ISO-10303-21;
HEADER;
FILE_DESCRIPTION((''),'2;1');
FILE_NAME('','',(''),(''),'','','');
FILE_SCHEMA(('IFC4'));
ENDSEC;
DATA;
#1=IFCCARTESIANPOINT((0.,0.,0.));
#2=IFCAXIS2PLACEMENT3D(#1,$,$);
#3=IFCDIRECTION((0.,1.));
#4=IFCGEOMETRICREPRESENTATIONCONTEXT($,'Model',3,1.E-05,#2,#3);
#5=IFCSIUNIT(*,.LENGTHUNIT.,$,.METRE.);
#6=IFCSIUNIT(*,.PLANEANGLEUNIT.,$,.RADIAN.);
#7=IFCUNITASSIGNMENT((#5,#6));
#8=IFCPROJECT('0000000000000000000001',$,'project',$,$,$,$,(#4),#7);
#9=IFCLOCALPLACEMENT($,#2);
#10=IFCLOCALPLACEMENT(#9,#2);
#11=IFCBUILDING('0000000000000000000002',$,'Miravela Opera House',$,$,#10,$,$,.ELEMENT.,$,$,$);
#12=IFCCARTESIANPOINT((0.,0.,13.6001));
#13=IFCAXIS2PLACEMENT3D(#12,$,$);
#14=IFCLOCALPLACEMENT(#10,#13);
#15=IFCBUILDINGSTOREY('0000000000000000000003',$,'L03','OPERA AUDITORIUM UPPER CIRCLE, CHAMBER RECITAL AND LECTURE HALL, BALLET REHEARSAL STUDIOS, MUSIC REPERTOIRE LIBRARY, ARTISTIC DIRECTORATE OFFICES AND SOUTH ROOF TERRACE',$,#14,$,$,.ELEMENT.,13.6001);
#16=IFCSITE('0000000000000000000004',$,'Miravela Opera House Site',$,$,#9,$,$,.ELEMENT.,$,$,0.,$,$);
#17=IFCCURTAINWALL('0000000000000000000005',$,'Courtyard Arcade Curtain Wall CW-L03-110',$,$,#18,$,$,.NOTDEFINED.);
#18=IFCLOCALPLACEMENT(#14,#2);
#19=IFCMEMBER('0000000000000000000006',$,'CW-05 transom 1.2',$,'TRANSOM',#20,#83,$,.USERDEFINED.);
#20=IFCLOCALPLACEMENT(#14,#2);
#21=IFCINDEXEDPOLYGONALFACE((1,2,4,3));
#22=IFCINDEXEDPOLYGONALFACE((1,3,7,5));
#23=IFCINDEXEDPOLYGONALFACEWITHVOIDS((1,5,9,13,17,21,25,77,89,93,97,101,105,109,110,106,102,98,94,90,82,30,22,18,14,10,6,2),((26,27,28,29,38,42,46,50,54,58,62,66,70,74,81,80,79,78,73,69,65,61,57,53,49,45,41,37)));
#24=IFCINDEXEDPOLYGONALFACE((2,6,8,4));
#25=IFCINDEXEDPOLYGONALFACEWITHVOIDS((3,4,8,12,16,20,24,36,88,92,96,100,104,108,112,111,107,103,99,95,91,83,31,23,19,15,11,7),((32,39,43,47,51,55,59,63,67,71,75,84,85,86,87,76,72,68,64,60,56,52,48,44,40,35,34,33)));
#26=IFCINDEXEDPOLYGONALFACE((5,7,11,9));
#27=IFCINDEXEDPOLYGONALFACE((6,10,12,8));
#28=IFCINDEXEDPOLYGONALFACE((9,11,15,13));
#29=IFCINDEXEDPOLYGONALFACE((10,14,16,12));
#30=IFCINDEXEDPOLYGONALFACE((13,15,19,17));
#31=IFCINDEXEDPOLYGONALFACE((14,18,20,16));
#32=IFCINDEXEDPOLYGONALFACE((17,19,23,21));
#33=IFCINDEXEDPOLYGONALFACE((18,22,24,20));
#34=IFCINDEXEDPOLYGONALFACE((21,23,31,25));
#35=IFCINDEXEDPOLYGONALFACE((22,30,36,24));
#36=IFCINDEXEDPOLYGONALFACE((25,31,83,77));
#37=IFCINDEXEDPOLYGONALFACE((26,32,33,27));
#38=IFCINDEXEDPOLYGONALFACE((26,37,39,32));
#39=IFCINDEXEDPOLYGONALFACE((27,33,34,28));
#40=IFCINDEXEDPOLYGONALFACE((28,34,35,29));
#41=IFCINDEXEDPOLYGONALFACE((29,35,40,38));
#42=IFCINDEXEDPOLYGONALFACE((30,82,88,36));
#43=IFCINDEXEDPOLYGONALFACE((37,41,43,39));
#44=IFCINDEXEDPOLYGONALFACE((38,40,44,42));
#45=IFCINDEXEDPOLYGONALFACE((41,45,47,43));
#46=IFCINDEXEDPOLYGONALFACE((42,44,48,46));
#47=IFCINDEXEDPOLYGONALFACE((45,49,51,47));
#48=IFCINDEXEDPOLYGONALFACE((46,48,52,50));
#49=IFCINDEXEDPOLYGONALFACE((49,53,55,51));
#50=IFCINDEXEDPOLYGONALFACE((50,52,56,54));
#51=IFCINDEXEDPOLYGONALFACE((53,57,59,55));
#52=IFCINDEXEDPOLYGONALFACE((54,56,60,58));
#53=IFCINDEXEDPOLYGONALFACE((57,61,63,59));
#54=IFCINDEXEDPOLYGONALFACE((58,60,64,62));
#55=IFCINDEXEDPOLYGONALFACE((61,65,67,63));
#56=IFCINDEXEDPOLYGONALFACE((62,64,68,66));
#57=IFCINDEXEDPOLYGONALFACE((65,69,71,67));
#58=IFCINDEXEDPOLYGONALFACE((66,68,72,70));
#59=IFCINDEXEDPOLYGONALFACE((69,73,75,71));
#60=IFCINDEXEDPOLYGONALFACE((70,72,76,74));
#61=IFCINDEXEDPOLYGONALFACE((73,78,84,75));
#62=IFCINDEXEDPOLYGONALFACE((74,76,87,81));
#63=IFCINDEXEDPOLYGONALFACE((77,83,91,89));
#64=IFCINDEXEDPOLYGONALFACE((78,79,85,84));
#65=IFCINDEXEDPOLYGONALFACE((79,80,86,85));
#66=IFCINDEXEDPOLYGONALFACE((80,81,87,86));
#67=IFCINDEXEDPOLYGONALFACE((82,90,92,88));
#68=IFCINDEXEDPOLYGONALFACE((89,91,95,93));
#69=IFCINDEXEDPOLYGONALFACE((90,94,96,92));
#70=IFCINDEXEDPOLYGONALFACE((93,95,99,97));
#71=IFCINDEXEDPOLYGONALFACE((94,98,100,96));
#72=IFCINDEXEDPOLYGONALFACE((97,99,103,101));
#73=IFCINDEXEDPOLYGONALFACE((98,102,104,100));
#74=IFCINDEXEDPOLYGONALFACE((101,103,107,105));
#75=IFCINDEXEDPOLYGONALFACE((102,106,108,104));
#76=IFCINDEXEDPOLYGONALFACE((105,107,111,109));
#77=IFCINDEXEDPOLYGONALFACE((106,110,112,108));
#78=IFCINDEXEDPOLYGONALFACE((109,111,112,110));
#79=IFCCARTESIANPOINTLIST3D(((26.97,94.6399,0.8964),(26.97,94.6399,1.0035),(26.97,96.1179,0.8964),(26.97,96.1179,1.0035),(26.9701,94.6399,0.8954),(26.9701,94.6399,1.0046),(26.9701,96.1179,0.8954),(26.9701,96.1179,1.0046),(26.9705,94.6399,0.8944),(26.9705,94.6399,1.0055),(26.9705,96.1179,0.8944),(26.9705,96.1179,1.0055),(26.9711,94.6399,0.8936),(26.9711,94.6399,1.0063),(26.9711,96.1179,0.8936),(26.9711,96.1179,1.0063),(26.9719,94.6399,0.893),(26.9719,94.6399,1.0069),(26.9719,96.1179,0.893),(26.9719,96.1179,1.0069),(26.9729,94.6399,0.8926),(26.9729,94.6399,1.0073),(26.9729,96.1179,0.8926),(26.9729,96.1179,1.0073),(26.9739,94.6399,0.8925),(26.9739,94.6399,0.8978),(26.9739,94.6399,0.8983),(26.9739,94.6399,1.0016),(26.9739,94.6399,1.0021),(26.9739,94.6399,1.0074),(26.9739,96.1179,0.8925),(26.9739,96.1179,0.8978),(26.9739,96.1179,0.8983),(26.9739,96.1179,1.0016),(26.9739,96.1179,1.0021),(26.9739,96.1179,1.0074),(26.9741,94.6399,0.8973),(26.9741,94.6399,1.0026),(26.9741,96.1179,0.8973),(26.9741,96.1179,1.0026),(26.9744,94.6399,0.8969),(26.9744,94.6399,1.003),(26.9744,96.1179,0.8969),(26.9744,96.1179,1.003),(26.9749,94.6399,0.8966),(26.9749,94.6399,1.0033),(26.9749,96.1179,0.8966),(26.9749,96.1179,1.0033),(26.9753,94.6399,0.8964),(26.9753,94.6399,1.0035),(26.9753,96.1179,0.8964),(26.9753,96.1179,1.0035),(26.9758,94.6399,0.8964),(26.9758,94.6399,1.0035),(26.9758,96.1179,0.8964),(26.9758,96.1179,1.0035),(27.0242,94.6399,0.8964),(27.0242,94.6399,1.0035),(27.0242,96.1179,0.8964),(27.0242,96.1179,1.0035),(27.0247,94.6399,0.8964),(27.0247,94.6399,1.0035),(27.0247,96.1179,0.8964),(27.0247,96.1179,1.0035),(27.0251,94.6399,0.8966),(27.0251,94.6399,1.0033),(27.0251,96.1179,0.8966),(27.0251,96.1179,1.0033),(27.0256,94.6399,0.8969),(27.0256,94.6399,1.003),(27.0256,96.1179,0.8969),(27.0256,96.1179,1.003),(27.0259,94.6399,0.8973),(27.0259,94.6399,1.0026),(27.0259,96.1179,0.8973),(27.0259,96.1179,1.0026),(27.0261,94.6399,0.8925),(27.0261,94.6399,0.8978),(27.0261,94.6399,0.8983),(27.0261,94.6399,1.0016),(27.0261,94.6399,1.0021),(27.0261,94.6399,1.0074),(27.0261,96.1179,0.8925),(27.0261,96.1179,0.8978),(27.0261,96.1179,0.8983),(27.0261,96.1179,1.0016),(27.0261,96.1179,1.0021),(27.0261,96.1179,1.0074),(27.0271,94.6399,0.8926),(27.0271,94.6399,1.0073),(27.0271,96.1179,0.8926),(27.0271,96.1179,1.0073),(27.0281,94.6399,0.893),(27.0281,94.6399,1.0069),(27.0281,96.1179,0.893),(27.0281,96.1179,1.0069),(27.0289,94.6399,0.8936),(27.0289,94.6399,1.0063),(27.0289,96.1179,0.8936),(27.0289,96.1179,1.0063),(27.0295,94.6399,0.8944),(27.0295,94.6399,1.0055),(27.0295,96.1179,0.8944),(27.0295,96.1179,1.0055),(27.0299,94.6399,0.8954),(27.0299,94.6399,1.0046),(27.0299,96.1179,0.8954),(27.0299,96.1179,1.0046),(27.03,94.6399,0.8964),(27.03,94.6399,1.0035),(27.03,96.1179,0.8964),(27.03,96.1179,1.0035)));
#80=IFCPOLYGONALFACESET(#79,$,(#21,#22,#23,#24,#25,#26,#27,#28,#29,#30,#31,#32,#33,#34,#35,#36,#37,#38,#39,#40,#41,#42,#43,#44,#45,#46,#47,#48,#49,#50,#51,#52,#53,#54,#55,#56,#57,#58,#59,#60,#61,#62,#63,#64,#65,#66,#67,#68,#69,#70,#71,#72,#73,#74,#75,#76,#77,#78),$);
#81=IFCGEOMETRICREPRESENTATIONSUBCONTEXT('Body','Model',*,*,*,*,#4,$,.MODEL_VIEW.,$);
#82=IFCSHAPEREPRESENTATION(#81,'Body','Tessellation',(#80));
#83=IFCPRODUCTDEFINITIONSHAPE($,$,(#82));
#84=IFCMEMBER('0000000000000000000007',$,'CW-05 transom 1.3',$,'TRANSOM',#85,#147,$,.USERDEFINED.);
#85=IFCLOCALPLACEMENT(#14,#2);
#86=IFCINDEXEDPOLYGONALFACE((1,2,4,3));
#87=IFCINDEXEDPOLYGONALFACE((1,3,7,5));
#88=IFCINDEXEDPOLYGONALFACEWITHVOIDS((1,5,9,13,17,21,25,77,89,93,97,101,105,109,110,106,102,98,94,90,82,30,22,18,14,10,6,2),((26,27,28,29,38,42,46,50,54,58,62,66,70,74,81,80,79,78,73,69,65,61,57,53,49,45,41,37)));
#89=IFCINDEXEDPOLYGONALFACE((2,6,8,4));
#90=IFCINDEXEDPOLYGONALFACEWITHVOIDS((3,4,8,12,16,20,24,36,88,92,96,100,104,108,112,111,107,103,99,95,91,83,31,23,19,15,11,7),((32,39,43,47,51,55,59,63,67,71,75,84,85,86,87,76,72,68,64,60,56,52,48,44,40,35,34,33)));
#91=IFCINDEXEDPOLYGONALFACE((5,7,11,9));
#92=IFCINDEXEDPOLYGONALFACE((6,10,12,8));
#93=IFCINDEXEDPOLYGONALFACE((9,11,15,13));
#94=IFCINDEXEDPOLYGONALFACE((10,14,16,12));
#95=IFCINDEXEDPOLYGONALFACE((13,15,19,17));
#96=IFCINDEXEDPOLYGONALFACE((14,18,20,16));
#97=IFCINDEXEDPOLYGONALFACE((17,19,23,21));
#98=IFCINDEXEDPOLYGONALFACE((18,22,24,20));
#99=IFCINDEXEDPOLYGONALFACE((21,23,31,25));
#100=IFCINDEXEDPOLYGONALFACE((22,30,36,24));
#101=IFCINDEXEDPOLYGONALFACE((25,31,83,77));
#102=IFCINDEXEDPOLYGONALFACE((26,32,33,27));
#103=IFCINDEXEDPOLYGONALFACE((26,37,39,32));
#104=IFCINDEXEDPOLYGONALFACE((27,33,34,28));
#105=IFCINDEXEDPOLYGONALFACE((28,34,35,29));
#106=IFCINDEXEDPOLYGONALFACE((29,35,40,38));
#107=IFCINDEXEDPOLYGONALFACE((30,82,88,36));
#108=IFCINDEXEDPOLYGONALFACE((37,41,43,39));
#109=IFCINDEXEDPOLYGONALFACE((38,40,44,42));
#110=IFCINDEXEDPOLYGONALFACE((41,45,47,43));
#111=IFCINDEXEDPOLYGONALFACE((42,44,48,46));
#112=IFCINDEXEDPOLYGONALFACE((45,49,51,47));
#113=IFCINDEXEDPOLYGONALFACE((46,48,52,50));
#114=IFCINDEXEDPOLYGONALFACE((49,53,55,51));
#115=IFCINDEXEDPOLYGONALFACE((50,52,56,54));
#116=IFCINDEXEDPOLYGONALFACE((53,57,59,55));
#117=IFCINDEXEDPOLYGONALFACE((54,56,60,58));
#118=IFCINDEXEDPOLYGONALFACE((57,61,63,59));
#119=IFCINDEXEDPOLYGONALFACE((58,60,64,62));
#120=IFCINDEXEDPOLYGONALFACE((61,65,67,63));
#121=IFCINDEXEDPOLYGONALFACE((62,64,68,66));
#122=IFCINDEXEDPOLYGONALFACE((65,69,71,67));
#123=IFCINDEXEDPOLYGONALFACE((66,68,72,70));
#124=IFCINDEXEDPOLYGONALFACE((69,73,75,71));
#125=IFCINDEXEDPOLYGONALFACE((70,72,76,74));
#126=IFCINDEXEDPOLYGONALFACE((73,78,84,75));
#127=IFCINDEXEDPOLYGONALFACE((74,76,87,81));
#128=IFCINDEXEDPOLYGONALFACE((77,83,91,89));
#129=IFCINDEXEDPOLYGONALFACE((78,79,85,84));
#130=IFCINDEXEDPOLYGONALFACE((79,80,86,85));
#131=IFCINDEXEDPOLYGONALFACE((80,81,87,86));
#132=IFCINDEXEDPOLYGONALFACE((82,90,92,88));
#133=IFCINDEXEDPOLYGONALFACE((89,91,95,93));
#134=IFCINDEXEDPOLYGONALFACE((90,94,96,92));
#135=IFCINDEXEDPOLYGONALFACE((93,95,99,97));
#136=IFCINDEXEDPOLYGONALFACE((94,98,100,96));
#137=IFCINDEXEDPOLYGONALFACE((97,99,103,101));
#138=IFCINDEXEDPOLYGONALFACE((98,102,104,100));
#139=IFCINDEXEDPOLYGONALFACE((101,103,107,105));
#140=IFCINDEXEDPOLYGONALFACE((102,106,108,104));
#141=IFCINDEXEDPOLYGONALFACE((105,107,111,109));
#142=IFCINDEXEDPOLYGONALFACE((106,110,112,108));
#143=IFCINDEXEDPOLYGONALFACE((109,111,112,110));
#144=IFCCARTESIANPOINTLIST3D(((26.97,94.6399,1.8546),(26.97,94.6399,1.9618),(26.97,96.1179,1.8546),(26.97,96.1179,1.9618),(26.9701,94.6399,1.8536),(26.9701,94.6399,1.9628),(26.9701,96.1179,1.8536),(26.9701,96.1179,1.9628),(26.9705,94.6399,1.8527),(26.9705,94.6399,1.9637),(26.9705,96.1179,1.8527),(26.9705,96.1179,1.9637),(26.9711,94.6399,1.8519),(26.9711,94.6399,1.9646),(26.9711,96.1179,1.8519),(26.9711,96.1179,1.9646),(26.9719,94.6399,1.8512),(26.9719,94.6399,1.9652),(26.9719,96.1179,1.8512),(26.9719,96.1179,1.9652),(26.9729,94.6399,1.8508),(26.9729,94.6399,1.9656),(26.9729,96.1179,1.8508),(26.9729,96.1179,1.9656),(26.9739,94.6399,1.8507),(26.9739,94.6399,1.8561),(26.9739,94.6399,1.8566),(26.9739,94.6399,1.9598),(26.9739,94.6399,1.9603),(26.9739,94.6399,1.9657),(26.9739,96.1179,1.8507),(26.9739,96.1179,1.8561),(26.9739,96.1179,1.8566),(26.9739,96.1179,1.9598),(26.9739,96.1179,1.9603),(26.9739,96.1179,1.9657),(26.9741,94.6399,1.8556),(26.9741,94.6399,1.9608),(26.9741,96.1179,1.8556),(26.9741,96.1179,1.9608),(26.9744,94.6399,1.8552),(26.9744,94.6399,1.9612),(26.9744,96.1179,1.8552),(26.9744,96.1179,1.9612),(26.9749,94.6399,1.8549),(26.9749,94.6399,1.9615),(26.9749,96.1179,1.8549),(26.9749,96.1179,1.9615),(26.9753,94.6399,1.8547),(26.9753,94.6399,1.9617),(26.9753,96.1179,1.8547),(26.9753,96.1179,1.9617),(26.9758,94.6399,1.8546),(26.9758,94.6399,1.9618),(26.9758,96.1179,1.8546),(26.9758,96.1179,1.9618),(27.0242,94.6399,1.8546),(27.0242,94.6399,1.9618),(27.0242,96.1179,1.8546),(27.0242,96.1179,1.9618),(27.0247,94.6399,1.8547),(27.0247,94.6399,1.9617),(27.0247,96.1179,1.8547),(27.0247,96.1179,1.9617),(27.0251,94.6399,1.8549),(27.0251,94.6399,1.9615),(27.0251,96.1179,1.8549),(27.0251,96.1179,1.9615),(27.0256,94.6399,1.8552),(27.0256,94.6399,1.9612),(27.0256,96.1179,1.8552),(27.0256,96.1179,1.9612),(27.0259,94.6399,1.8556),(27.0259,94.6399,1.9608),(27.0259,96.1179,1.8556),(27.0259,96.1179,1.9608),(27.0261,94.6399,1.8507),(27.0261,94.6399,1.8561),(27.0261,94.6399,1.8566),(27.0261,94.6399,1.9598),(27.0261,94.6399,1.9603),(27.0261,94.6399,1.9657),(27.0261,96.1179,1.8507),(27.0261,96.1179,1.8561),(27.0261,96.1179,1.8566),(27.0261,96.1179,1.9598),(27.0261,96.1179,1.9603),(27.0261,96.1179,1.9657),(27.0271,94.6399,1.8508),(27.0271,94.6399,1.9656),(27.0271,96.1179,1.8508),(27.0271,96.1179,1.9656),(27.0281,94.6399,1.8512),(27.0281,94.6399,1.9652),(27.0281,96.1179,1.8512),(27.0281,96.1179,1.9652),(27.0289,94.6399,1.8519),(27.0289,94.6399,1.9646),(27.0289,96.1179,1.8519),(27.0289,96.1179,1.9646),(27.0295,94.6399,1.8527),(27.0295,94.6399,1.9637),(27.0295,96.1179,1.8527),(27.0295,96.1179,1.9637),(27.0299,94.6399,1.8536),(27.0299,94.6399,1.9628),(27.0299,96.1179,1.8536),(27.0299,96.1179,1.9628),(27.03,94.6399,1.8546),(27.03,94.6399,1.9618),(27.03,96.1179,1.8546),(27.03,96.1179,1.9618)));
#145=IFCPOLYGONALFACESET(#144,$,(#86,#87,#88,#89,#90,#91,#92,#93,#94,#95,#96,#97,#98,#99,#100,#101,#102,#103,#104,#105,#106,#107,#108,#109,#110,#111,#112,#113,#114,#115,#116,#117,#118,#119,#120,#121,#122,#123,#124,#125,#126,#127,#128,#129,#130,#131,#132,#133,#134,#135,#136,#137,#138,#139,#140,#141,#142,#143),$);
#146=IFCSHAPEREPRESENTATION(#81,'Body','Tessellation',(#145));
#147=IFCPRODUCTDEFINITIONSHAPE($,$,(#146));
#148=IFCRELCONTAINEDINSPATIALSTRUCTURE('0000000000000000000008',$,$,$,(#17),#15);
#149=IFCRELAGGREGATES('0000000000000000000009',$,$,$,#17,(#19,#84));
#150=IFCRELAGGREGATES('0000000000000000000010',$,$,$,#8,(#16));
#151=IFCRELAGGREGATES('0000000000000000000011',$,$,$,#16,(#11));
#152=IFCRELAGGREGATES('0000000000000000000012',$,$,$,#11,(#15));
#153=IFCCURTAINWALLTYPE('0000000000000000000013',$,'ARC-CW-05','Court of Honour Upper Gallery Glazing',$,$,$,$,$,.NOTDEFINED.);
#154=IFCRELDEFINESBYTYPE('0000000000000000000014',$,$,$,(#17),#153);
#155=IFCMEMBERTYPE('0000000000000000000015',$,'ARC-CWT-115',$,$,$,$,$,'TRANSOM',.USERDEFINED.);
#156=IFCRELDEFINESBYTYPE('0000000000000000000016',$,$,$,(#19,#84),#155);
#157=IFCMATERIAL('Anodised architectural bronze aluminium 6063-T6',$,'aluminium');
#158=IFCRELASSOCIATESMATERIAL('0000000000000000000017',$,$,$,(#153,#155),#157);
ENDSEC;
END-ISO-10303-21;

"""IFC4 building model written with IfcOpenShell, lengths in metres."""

from ifc_helpers import new_model, si_unit, direction, frame, origin, origin_2d, place, context, subcontext, project, spatial, hollow_rectangle, extrude, material, material_profile, profile_set, type_object, element, aggregate, save


model = new_model("IFC4")

# Units and contexts
model_context = context("Model", 3, precision=1e-05, world=origin(), true_north=direction((0.0, 1.0)))
body_context = subcontext(model_context, "Body", "Model", "MODEL_VIEW")
ifc_project = project(units=[si_unit("LENGTHUNIT", "METRE"), si_unit("PLANEANGLEUNIT", "RADIAN")], contexts=[model_context])

# Site, building, storey
site_placement = place(None, origin())
site = spatial("IfcSite", under=ifc_project, at=site_placement, Name="Miravela Opera House Site", CompositionType="ELEMENT", RefElevation=0.0)
building_placement = place(site_placement, origin())
building = spatial("IfcBuilding", under=site, at=building_placement, Name="Miravela Opera House", CompositionType="ELEMENT")
storey_placement = place(building_placement, frame((0.0, 0.0, 13.6001)))
storey = spatial("IfcBuildingStorey", under=building, at=storey_placement, Name="L03", Description="OPERA AUDITORIUM UPPER CIRCLE, CHAMBER RECITAL AND LECTURE HALL, BALLET REHEARSAL STUDIOS, MUSIC REPERTOIRE LIBRARY, ARTISTIC DIRECTORATE OFFICES AND SOUTH ROOF TERRACE", CompositionType="ELEMENT", Elevation=13.6001)

# Curtain wall
ifc_material_1 = material(Name="Anodised architectural bronze aluminium 6063-T6", Category="aluminium")
curtain_wall_type = type_object("IfcCurtainWallType", Name="ARC-CW-05", Description="Court of Honour Upper Gallery Glazing", PredefinedType="NOTDEFINED", material=ifc_material_1)
curtain_wall_1_placement = place(storey_placement, origin())
curtain_wall_1 = element("IfcCurtainWall", 1, at=curtain_wall_1_placement, inside=storey, type_object=curtain_wall_type, Name="Courtyard Arcade Curtain Wall CW-L03-110", PredefinedType="NOTDEFINED")

# Members
ifc_material_profile_1 = material_profile(ifc_material_1, hollow_rectangle(XDim=0.0601, YDim=0.115, WallThickness=0.0039, InnerFilletRadius=0.002, OuterFilletRadius=0.0039, at=origin_2d()), Name="CWT-60X115")
ifc_profile_set_1 = profile_set([ifc_material_profile_1])
member_type_1 = type_object("IfcMemberType", Name="ARC-CWT-115", ElementType="TRANSOM", PredefinedType="USERDEFINED", material=ifc_profile_set_1)
member_1_placement = place(storey_placement, frame((27.0, 94.6399, 0.95), z_axis=(0.0, 1.0, 0.0), x_axis=(-1.0, 0.0, 0.0)))
member_1 = element("IfcMember", 2, at=member_1_placement, type_object=member_type_1, Name="CW-05 transom 1.2", ObjectType="TRANSOM", PredefinedType="USERDEFINED", context=body_context, shape_type="SweptSolid", body=[
    extrude(hollow_rectangle(XDim=0.0601, YDim=0.115, WallThickness=0.0039, InnerFilletRadius=0.002, OuterFilletRadius=0.0039, at=origin_2d()), origin(), (0.0, 0.0, 1.0), 1.478),
])
member_2_placement = place(storey_placement, frame((27.0, 94.6399, 1.9082), z_axis=(0.0, 1.0, 0.0), x_axis=(-1.0, 0.0, 0.0)))
member_2 = element("IfcMember", 3, at=member_2_placement, type_object=member_type_1, Name="CW-05 transom 1.3", ObjectType="TRANSOM", PredefinedType="USERDEFINED", context=body_context, shape_type="SweptSolid", body=[
    extrude(hollow_rectangle(XDim=0.0601, YDim=0.115, WallThickness=0.0039, InnerFilletRadius=0.002, OuterFilletRadius=0.0039, at=origin_2d()), origin(), (0.0, 0.0, 1.0), 1.478),
])

aggregate(curtain_wall_1, [member_1, member_2])

save(model, "model.ifc")
